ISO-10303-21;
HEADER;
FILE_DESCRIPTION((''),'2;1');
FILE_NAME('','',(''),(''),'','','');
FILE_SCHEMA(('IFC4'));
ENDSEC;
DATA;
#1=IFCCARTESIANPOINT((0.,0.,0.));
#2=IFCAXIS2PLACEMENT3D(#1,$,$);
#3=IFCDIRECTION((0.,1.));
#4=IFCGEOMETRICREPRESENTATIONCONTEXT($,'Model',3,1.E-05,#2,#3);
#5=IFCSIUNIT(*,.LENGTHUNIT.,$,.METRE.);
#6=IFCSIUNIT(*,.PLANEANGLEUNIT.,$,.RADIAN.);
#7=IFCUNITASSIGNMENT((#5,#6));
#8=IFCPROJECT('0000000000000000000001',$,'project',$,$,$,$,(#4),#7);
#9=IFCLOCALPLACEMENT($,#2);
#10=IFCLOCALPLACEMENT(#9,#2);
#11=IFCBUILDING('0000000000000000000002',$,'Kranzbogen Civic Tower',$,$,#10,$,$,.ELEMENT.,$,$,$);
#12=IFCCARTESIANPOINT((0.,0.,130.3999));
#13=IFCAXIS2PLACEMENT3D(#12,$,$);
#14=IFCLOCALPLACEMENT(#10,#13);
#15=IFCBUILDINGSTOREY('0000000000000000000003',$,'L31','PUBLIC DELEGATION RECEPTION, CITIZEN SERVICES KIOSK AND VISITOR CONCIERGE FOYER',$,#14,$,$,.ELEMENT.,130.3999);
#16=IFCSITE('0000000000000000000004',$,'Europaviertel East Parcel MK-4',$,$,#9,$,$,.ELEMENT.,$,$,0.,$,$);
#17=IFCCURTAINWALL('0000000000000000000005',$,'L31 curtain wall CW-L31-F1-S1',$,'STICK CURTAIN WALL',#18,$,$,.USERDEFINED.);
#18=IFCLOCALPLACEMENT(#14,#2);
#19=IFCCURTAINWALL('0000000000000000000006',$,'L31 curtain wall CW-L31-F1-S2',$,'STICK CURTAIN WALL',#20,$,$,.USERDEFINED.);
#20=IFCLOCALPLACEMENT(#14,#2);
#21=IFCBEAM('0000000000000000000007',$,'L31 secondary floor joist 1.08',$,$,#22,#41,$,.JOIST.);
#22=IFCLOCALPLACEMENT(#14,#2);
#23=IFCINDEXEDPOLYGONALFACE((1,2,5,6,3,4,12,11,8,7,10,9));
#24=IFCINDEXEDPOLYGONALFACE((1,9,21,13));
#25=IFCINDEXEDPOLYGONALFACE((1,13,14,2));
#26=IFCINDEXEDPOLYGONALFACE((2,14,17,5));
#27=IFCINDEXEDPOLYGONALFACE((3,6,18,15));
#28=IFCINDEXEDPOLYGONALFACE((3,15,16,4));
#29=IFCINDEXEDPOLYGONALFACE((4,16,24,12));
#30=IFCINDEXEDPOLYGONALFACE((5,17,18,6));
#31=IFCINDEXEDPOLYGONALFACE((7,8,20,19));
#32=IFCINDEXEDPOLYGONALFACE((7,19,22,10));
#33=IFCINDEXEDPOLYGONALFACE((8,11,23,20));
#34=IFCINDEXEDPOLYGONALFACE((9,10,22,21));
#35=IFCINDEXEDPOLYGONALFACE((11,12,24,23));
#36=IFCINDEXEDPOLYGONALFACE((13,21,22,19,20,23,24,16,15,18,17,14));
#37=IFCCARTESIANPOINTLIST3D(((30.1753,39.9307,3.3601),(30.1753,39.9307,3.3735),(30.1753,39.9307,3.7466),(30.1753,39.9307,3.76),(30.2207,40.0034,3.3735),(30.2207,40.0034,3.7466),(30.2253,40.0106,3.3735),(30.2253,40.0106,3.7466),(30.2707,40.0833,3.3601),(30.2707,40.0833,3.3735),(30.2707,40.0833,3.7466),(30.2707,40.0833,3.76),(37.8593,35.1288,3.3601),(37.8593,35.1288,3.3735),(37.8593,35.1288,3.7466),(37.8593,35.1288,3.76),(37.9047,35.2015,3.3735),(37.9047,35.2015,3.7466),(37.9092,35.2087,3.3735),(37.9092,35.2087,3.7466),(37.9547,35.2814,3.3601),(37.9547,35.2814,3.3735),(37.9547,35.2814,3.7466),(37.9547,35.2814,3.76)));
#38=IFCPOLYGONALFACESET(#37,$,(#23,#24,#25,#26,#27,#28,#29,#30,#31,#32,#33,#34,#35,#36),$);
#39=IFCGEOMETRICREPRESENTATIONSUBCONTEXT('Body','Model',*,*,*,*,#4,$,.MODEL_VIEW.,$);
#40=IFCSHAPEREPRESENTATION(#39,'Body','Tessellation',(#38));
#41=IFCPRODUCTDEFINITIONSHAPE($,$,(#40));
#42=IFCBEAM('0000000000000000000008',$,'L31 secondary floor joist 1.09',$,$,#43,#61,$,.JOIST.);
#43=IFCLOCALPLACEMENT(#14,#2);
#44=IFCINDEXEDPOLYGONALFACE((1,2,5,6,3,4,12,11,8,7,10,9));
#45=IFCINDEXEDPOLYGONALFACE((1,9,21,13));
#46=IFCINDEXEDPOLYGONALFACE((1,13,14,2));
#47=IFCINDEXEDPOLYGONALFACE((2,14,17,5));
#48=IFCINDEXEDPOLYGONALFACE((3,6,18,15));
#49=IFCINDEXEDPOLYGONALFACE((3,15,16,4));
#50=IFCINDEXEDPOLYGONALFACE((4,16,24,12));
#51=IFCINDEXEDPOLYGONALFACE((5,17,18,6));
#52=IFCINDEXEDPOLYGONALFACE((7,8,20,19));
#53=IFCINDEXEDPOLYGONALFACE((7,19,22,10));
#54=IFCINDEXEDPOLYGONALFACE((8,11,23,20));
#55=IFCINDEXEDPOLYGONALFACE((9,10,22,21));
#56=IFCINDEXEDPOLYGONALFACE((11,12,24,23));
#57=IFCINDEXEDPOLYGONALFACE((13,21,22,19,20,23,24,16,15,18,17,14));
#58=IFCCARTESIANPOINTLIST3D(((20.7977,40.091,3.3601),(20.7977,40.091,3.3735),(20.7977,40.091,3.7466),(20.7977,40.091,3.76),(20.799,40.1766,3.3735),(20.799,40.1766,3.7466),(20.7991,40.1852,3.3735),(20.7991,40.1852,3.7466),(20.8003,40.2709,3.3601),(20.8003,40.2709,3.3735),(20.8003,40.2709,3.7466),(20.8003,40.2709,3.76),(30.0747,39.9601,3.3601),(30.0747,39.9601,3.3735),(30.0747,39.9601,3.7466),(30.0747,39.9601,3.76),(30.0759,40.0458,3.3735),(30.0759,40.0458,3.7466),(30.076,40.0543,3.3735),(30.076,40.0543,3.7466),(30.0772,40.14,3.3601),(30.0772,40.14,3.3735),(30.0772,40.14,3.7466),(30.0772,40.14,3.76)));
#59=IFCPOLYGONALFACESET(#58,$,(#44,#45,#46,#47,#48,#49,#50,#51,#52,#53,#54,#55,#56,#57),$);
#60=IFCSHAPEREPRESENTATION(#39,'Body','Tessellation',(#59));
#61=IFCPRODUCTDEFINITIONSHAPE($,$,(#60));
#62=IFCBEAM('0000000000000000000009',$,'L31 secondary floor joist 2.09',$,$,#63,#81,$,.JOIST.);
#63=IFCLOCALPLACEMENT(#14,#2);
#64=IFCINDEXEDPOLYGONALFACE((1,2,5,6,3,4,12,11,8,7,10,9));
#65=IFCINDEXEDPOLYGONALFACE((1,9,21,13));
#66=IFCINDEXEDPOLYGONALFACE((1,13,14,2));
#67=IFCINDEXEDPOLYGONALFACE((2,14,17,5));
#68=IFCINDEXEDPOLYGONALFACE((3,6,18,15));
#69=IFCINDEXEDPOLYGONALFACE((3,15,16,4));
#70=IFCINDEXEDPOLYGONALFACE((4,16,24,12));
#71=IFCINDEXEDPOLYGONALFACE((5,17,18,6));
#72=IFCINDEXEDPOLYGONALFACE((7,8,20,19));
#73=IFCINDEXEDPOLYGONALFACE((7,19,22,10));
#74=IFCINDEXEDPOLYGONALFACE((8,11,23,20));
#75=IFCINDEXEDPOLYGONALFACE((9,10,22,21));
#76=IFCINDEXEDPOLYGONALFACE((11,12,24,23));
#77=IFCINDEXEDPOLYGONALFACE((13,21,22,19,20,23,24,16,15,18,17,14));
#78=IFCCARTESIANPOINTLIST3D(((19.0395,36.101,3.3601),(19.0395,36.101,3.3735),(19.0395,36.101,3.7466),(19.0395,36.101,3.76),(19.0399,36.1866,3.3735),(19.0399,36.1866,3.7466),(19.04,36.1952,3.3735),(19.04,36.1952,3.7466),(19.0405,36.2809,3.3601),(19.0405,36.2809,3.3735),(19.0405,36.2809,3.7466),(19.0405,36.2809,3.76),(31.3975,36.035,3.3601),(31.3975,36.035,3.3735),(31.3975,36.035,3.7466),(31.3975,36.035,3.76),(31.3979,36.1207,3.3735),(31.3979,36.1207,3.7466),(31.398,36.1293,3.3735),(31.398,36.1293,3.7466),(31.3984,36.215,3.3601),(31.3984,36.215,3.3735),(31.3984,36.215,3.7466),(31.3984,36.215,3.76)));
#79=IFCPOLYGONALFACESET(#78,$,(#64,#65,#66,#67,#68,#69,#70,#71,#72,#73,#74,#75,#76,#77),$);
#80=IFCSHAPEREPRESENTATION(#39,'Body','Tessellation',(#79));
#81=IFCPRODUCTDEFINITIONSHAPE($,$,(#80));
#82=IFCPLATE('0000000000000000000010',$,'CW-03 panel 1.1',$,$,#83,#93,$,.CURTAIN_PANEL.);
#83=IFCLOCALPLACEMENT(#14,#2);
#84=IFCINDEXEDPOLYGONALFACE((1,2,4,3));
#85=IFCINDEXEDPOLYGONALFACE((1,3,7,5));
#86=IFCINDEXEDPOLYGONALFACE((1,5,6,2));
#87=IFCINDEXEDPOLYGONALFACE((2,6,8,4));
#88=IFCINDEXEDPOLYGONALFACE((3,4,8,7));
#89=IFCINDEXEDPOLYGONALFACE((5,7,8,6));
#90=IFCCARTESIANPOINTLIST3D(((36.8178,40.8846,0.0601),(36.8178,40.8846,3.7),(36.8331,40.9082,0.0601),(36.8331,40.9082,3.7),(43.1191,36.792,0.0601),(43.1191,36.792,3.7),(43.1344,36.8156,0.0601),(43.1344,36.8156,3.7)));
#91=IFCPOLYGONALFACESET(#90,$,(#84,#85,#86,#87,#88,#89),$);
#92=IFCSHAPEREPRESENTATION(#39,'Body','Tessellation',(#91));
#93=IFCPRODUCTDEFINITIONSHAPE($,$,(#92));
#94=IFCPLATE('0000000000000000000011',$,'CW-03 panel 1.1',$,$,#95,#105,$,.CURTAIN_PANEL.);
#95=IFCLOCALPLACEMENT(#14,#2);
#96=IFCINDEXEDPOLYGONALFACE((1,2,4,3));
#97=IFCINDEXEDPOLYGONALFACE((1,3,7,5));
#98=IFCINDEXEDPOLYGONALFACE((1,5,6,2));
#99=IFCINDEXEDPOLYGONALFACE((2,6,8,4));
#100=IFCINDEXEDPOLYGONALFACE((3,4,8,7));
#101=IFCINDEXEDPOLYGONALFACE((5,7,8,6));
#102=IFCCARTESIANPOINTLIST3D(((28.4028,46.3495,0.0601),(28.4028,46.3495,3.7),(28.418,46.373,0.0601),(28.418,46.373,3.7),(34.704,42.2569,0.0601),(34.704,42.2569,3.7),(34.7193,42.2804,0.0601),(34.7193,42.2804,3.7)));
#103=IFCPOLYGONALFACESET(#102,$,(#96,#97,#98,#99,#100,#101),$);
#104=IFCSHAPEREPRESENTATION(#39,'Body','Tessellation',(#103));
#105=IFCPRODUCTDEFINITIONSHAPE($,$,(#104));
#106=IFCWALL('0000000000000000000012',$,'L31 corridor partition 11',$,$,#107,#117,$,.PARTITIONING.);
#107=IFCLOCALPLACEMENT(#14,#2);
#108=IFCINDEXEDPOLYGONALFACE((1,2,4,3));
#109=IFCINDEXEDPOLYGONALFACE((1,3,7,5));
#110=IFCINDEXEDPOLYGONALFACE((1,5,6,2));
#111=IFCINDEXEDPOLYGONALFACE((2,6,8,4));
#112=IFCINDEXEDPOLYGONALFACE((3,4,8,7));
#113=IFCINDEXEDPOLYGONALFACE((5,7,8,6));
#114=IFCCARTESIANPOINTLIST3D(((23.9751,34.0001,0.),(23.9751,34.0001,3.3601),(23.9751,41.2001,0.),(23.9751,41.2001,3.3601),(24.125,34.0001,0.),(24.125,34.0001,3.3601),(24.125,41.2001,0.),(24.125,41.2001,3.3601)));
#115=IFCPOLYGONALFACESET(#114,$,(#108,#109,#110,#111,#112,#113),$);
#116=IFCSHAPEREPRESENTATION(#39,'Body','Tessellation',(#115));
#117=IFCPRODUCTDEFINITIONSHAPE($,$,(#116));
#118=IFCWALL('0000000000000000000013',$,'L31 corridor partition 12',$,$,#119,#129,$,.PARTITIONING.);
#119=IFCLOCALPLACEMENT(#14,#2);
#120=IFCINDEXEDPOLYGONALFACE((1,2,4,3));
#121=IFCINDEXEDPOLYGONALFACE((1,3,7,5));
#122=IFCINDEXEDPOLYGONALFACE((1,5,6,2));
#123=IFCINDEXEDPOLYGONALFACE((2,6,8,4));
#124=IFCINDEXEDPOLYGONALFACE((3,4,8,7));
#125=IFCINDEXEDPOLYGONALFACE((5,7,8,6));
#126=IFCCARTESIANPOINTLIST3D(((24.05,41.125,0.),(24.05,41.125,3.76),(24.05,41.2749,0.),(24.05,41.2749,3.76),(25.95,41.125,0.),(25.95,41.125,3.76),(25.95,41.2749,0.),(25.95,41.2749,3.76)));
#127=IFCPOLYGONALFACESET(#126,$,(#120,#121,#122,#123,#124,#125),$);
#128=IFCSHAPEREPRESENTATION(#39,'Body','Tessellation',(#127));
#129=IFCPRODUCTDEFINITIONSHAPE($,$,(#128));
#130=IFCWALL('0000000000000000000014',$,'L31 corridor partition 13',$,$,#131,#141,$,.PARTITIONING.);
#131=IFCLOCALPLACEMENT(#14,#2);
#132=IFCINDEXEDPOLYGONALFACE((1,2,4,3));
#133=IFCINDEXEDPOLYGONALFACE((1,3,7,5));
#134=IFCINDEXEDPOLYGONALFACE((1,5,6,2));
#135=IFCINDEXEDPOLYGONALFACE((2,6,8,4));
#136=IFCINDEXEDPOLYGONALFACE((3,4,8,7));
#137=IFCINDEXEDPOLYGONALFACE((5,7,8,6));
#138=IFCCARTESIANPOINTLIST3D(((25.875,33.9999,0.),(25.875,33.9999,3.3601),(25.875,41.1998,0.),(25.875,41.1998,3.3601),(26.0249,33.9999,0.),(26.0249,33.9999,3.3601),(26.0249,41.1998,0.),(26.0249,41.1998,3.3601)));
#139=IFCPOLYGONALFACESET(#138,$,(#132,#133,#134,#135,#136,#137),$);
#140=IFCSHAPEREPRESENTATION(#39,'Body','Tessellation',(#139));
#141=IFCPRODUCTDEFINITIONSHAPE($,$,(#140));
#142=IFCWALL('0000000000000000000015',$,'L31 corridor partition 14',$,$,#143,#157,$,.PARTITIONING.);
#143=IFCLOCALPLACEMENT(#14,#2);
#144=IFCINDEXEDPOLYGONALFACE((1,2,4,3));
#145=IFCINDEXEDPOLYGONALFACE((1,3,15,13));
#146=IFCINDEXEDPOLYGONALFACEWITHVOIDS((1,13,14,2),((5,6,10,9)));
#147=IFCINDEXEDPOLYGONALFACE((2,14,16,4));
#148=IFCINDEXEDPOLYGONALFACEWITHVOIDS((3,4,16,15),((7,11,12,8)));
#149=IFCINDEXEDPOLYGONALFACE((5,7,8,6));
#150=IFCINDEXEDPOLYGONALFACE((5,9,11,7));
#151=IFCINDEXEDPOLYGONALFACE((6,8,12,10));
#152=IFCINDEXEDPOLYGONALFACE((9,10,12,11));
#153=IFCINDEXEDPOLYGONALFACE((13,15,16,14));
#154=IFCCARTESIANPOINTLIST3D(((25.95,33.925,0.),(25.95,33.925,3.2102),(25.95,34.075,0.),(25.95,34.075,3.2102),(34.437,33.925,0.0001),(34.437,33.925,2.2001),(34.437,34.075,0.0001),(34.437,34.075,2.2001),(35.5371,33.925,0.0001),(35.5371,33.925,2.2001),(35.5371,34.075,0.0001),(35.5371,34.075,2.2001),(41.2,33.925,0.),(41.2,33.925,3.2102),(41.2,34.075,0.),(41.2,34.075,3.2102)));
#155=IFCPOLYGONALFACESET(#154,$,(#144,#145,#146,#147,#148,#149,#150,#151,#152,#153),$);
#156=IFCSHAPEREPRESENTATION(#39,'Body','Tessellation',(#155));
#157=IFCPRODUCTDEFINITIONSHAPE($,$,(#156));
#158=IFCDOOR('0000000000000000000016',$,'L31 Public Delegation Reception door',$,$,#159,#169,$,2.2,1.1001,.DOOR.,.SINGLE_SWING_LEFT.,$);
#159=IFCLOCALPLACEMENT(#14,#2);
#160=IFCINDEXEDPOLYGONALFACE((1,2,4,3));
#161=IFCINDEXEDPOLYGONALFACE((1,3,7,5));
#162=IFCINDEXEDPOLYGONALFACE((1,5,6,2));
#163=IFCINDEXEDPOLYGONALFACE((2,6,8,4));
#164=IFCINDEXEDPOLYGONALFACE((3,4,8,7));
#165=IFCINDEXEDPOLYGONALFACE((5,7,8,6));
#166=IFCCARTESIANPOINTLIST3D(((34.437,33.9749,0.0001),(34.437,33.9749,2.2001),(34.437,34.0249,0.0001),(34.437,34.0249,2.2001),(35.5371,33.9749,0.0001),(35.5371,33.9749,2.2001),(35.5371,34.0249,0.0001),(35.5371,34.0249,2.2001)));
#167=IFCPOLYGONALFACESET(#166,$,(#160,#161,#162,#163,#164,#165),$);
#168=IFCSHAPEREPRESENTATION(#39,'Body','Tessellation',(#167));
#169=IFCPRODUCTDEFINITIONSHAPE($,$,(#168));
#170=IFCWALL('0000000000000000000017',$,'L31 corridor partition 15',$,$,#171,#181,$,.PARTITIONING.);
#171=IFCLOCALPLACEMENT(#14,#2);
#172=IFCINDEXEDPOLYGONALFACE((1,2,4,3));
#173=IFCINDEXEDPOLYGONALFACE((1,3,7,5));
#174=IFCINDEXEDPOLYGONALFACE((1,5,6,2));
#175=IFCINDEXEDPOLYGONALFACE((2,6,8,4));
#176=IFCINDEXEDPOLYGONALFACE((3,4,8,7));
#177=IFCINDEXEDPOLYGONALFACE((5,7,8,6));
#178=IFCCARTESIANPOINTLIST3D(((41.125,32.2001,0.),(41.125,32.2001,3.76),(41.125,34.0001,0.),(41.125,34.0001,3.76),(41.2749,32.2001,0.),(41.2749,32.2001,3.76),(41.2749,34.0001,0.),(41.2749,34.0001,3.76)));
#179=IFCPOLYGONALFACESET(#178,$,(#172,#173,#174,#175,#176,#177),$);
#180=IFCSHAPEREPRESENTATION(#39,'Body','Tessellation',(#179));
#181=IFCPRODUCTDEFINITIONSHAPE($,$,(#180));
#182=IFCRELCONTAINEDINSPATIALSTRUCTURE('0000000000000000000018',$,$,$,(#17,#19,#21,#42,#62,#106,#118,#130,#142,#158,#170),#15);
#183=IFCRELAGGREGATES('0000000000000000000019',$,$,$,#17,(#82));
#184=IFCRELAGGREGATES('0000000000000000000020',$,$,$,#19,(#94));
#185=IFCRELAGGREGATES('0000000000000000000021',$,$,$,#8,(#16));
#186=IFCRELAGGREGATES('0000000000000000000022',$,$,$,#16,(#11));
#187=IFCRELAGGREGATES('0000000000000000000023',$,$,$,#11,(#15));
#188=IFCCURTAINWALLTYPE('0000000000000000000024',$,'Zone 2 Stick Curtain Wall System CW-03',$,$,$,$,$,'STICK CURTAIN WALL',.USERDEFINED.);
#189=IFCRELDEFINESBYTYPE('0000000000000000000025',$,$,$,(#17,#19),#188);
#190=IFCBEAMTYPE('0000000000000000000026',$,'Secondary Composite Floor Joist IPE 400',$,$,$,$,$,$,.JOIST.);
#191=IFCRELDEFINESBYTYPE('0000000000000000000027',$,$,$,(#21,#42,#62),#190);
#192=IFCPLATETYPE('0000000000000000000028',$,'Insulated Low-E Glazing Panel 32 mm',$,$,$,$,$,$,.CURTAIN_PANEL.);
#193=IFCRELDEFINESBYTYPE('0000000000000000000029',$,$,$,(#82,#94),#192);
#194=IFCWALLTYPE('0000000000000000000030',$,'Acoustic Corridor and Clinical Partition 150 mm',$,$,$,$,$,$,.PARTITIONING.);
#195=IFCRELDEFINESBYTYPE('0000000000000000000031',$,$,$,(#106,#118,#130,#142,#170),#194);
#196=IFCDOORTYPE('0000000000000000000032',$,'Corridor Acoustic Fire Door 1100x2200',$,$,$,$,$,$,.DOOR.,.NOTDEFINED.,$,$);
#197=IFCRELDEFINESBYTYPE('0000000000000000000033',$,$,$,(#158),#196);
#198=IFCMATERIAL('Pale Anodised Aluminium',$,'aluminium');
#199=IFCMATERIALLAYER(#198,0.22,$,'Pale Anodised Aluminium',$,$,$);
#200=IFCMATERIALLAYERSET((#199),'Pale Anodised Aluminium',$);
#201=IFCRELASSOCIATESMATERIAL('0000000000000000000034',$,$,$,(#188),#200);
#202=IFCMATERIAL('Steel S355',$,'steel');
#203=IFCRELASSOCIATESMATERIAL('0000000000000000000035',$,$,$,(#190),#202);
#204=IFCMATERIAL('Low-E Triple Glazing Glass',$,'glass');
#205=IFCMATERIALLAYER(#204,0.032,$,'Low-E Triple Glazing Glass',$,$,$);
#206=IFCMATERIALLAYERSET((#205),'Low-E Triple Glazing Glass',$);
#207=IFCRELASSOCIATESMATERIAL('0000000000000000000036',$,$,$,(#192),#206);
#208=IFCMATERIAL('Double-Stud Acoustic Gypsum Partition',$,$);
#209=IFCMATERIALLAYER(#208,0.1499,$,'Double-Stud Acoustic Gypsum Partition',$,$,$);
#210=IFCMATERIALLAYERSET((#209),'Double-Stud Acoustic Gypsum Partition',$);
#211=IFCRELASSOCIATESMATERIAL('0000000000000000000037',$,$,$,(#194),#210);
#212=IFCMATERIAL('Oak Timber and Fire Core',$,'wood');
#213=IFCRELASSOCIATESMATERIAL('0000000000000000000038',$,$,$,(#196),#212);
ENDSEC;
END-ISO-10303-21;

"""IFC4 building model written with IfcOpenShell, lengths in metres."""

from ifc_helpers import new_model, si_unit, direction, frame, frame_2d, origin, origin_2d, place, context, subcontext, project, spatial, rectangle, i_section, extrude, material, layer, layer_set, material_profile, profile_set, type_object, element, fill, aggregate, save


model = new_model("IFC4")

# Units and contexts
model_context = context("Model", 3, precision=1e-05, world=origin(), true_north=direction((0.0, 1.0)))
body_context = subcontext(model_context, "Body", "Model", "MODEL_VIEW")
ifc_project = project(units=[si_unit("LENGTHUNIT", "METRE"), si_unit("PLANEANGLEUNIT", "RADIAN")], contexts=[model_context])

# Site, building, storey
site_placement = place(None, origin())
site = spatial("IfcSite", under=ifc_project, at=site_placement, Name="Europaviertel East Parcel MK-4", CompositionType="ELEMENT", RefElevation=0.0)
building_placement = place(site_placement, origin())
building = spatial("IfcBuilding", under=site, at=building_placement, Name="Kranzbogen Civic Tower", CompositionType="ELEMENT")
storey_placement = place(building_placement, frame((0.0, 0.0, 130.3999)))
storey = spatial("IfcBuildingStorey", under=building, at=storey_placement, Name="L31", Description="PUBLIC DELEGATION RECEPTION, CITIZEN SERVICES KIOSK AND VISITOR CONCIERGE FOYER", CompositionType="ELEMENT", Elevation=130.3999)

# Shared definitions
ifc_material_1 = material(Name="Steel S355", Category="steel")

# Curtain walls
ifc_material_2 = material(Name="Pale Anodised Aluminium", Category="aluminium")
ifc_layer_1 = layer(ifc_material_2, 0.22, Name="Pale Anodised Aluminium")
ifc_layer_set_1 = layer_set([ifc_layer_1], Name="Pale Anodised Aluminium")
curtain_wall_type = type_object("IfcCurtainWallType", Name="Zone 2 Stick Curtain Wall System CW-03", ElementType="STICK CURTAIN WALL", PredefinedType="USERDEFINED", material=ifc_layer_set_1)
curtain_wall_1_placement = place(storey_placement, origin())
curtain_wall_1 = element("IfcCurtainWall", 1, at=curtain_wall_1_placement, inside=storey, type_object=curtain_wall_type, Name="L31 curtain wall CW-L31-F1-S1", ObjectType="STICK CURTAIN WALL", PredefinedType="USERDEFINED")
curtain_wall_2_placement = place(storey_placement, origin())
curtain_wall_2 = element("IfcCurtainWall", 2, at=curtain_wall_2_placement, inside=storey, type_object=curtain_wall_type, Name="L31 curtain wall CW-L31-F1-S2", ObjectType="STICK CURTAIN WALL", PredefinedType="USERDEFINED")

# Beams
ifc_material_profile_1 = material_profile(ifc_material_1, i_section(OverallWidth=0.1799, OverallDepth=0.3999, WebThickness=0.0085, FlangeThickness=0.0134, at=origin_2d()), Name="IPE 400")
ifc_profile_set_1 = profile_set([ifc_material_profile_1], Name="Steel S355")
beam_type_1 = type_object("IfcBeamType", Name="Secondary Composite Floor Joist IPE 400", PredefinedType="JOIST", material=ifc_profile_set_1)
beam_1_placement = place(storey_placement, frame((37.907, 35.2051, 3.5601), z_axis=(-0.848026, 0.529955, 0.0), x_axis=(-0.529955, -0.848026, 0.0)))
element("IfcBeam", 3, at=beam_1_placement, inside=storey, type_object=beam_type_1, Name="L31 secondary floor joist 1.08", PredefinedType="JOIST", context=body_context, shape_type="SweptSolid", body=[
    extrude(i_section(OverallWidth=0.1799, OverallDepth=0.3999, WebThickness=0.0085, FlangeThickness=0.0134, at=origin_2d()), origin(), (0.0, 0.0, 1.0), 9.061),
])
beam_2_placement = place(storey_placement, frame((30.0759, 40.05, 3.5601), z_axis=(-0.999901, 0.014105, 0.0), x_axis=(-0.014105, -0.999901, 0.0)))
element("IfcBeam", 4, at=beam_2_placement, inside=storey, type_object=beam_type_1, Name="L31 secondary floor joist 1.09", PredefinedType="JOIST", context=body_context, shape_type="SweptSolid", body=[
    extrude(i_section(OverallWidth=0.1799, OverallDepth=0.3999, WebThickness=0.0085, FlangeThickness=0.0134, at=origin_2d()), origin(), (0.0, 0.0, 1.0), 9.2778),
])
beam_3_placement = place(storey_placement, frame((31.3979, 36.125, 3.5601), z_axis=(-0.999986, 0.005334, 0.0), x_axis=(-0.005334, -0.999986, 0.0)))
element("IfcBeam", 5, at=beam_3_placement, inside=storey, type_object=beam_type_1, Name="L31 secondary floor joist 2.09", PredefinedType="JOIST", context=body_context, shape_type="SweptSolid", body=[
    extrude(i_section(OverallWidth=0.1799, OverallDepth=0.3999, WebThickness=0.0085, FlangeThickness=0.0134, at=origin_2d()), origin(), (0.0, 0.0, 1.0), 12.3582),
])

# Plates
ifc_material_3 = material(Name="Low-E Triple Glazing Glass", Category="glass")
ifc_layer_2 = layer(ifc_material_3, 0.032, Name="Low-E Triple Glazing Glass")
ifc_layer_set_2 = layer_set([ifc_layer_2], Name="Low-E Triple Glazing Glass")
plate_type = type_object("IfcPlateType", Name="Insulated Low-E Glazing Panel 32 mm", PredefinedType="CURTAIN_PANEL", material=ifc_layer_set_2)
plate_1_placement = place(storey_placement, frame((39.9761, 38.8501, 0.0601), z_axis=(0.0, 0.0, 1.0), x_axis=(-0.838641, 0.544684, 0.0)))
plate_1 = element("IfcPlate", 6, at=plate_1_placement, type_object=plate_type, Name="CW-03 panel 1.1", PredefinedType="CURTAIN_PANEL", context=body_context, shape_type="SweptSolid", body=[
    extrude(rectangle(XDim=7.5137, YDim=0.0281, at=origin_2d()), origin(), (0.0, 0.0, 1.0), 3.6399),
])
aggregate(curtain_wall_1, [plate_1])
plate_2_placement = place(storey_placement, frame((31.561, 44.3149, 0.0601), z_axis=(0.0, 0.0, 1.0), x_axis=(-0.838641, 0.544684, 0.0)))
plate_2 = element("IfcPlate", 7, at=plate_2_placement, type_object=plate_type, Name="CW-03 panel 1.1", PredefinedType="CURTAIN_PANEL", context=body_context, shape_type="SweptSolid", body=[
    extrude(rectangle(XDim=7.5137, YDim=0.0281, at=origin_2d()), origin(), (0.0, 0.0, 1.0), 3.6399),
])
aggregate(curtain_wall_2, [plate_2])

# Walls
ifc_material_4 = material(Name="Double-Stud Acoustic Gypsum Partition")
ifc_layer_3 = layer(ifc_material_4, 0.1499, Name="Double-Stud Acoustic Gypsum Partition")
ifc_layer_set_3 = layer_set([ifc_layer_3], Name="Double-Stud Acoustic Gypsum Partition")
wall_type_1 = type_object("IfcWallType", Name="Acoustic Corridor and Clinical Partition 150 mm", PredefinedType="PARTITIONING", material=ifc_layer_set_3)
wall_1_placement = place(storey_placement, frame((24.05, 34.0, 0.0), z_axis=(0.0, 0.0, 1.0), x_axis=(0.0, 1.0, 0.0)))
element("IfcWall", 8, at=wall_1_placement, inside=storey, type_object=wall_type_1, Name="L31 corridor partition 11", PredefinedType="PARTITIONING", context=body_context, shape_type="SweptSolid", body=[
    extrude(rectangle(XDim=7.2, YDim=0.1499, at=frame_2d((3.6001, 0.0))), origin(), (0.0, 0.0, 1.0), 3.3601),
])
wall_2_placement = place(storey_placement, frame((24.05, 41.2, 0.0), z_axis=(0.0, 0.0, 1.0), x_axis=(1.0, 0.0, 0.0)))
element("IfcWall", 9, at=wall_2_placement, inside=storey, type_object=wall_type_1, Name="L31 corridor partition 12", PredefinedType="PARTITIONING", context=body_context, shape_type="SweptSolid", body=[
    extrude(rectangle(XDim=1.8999, YDim=0.1499, at=frame_2d((0.95, 0.0))), origin(), (0.0, 0.0, 1.0), 3.76),
])
wall_3_placement = place(storey_placement, frame((25.95, 41.2, 0.0), z_axis=(0.0, 0.0, 1.0), x_axis=(0.0, -1.0, 0.0)))
element("IfcWall", 10, at=wall_3_placement, inside=storey, type_object=wall_type_1, Name="L31 corridor partition 13", PredefinedType="PARTITIONING", context=body_context, shape_type="SweptSolid", body=[
    extrude(rectangle(XDim=7.2, YDim=0.1499, at=frame_2d((3.6001, 0.0))), origin(), (0.0, 0.0, 1.0), 3.3601),
])

# Wall, opening, door
wall_4_placement = place(storey_placement, frame((25.95, 34.0, 0.0), z_axis=(0.0, 0.0, 1.0), x_axis=(1.0, 0.0, 0.0)))
wall_4 = element("IfcWall", 11, at=wall_4_placement, inside=storey, type_object=wall_type_1, Name="L31 corridor partition 14", PredefinedType="PARTITIONING", context=body_context, shape_type="SweptSolid", body=[
    extrude(rectangle(XDim=15.25, YDim=0.1499, at=frame_2d((7.625, 0.0))), origin(), (0.0, 0.0, 1.0), 3.2102),
])
opening_1_placement = place(wall_4_placement, frame((8.4871, 0.0, 0.0)))
opening_1 = element("IfcOpeningElement", 12, at=opening_1_placement, cuts=wall_4, PredefinedType="OPENING", context=body_context, shape_type="SweptSolid", body=[
    extrude(rectangle(XDim=1.1001, YDim=2.2, at=frame_2d((0.55, 1.1001))), frame((0.0, 0.085, 0.0), z_axis=(0.0, -1.0, 0.0), x_axis=(1.0, 0.0, 0.0)), (0.0, 0.0, 1.0), 0.1699),
])
ifc_material_5 = material(Name="Oak Timber and Fire Core", Category="wood")
door_type_1 = type_object("IfcDoorType", Name="Corridor Acoustic Fire Door 1100x2200", OperationType="NOTDEFINED", PredefinedType="DOOR", material=ifc_material_5)
door_1_placement = place(opening_1_placement, origin())
door_1 = element("IfcDoor", 13, at=door_1_placement, inside=storey, type_object=door_type_1, Name="L31 Public Delegation Reception door", OperationType="SINGLE_SWING_LEFT", OverallHeight=2.2, OverallWidth=1.1001, PredefinedType="DOOR", context=body_context, shape_type="SweptSolid", body=[
    extrude(rectangle(XDim=1.1001, YDim=2.2, at=frame_2d((0.55, 1.1001))), frame((0.0, 0.0249, 0.0), z_axis=(0.0, -1.0, 0.0), x_axis=(1.0, 0.0, 0.0)), (0.0, 0.0, 1.0), 0.05),
])
fill(opening_1, door_1)

# Wall
wall_5_placement = place(storey_placement, frame((41.2, 34.0, 0.0), z_axis=(0.0, 0.0, 1.0), x_axis=(0.0, -1.0, 0.0)))
element("IfcWall", 14, at=wall_5_placement, inside=storey, type_object=wall_type_1, Name="L31 corridor partition 15", PredefinedType="PARTITIONING", context=body_context, shape_type="SweptSolid", body=[
    extrude(rectangle(XDim=1.8, YDim=0.1499, at=frame_2d((0.8999, 0.0))), origin(), (0.0, 0.0, 1.0), 3.76),
])

save(model, "model.ifc")
